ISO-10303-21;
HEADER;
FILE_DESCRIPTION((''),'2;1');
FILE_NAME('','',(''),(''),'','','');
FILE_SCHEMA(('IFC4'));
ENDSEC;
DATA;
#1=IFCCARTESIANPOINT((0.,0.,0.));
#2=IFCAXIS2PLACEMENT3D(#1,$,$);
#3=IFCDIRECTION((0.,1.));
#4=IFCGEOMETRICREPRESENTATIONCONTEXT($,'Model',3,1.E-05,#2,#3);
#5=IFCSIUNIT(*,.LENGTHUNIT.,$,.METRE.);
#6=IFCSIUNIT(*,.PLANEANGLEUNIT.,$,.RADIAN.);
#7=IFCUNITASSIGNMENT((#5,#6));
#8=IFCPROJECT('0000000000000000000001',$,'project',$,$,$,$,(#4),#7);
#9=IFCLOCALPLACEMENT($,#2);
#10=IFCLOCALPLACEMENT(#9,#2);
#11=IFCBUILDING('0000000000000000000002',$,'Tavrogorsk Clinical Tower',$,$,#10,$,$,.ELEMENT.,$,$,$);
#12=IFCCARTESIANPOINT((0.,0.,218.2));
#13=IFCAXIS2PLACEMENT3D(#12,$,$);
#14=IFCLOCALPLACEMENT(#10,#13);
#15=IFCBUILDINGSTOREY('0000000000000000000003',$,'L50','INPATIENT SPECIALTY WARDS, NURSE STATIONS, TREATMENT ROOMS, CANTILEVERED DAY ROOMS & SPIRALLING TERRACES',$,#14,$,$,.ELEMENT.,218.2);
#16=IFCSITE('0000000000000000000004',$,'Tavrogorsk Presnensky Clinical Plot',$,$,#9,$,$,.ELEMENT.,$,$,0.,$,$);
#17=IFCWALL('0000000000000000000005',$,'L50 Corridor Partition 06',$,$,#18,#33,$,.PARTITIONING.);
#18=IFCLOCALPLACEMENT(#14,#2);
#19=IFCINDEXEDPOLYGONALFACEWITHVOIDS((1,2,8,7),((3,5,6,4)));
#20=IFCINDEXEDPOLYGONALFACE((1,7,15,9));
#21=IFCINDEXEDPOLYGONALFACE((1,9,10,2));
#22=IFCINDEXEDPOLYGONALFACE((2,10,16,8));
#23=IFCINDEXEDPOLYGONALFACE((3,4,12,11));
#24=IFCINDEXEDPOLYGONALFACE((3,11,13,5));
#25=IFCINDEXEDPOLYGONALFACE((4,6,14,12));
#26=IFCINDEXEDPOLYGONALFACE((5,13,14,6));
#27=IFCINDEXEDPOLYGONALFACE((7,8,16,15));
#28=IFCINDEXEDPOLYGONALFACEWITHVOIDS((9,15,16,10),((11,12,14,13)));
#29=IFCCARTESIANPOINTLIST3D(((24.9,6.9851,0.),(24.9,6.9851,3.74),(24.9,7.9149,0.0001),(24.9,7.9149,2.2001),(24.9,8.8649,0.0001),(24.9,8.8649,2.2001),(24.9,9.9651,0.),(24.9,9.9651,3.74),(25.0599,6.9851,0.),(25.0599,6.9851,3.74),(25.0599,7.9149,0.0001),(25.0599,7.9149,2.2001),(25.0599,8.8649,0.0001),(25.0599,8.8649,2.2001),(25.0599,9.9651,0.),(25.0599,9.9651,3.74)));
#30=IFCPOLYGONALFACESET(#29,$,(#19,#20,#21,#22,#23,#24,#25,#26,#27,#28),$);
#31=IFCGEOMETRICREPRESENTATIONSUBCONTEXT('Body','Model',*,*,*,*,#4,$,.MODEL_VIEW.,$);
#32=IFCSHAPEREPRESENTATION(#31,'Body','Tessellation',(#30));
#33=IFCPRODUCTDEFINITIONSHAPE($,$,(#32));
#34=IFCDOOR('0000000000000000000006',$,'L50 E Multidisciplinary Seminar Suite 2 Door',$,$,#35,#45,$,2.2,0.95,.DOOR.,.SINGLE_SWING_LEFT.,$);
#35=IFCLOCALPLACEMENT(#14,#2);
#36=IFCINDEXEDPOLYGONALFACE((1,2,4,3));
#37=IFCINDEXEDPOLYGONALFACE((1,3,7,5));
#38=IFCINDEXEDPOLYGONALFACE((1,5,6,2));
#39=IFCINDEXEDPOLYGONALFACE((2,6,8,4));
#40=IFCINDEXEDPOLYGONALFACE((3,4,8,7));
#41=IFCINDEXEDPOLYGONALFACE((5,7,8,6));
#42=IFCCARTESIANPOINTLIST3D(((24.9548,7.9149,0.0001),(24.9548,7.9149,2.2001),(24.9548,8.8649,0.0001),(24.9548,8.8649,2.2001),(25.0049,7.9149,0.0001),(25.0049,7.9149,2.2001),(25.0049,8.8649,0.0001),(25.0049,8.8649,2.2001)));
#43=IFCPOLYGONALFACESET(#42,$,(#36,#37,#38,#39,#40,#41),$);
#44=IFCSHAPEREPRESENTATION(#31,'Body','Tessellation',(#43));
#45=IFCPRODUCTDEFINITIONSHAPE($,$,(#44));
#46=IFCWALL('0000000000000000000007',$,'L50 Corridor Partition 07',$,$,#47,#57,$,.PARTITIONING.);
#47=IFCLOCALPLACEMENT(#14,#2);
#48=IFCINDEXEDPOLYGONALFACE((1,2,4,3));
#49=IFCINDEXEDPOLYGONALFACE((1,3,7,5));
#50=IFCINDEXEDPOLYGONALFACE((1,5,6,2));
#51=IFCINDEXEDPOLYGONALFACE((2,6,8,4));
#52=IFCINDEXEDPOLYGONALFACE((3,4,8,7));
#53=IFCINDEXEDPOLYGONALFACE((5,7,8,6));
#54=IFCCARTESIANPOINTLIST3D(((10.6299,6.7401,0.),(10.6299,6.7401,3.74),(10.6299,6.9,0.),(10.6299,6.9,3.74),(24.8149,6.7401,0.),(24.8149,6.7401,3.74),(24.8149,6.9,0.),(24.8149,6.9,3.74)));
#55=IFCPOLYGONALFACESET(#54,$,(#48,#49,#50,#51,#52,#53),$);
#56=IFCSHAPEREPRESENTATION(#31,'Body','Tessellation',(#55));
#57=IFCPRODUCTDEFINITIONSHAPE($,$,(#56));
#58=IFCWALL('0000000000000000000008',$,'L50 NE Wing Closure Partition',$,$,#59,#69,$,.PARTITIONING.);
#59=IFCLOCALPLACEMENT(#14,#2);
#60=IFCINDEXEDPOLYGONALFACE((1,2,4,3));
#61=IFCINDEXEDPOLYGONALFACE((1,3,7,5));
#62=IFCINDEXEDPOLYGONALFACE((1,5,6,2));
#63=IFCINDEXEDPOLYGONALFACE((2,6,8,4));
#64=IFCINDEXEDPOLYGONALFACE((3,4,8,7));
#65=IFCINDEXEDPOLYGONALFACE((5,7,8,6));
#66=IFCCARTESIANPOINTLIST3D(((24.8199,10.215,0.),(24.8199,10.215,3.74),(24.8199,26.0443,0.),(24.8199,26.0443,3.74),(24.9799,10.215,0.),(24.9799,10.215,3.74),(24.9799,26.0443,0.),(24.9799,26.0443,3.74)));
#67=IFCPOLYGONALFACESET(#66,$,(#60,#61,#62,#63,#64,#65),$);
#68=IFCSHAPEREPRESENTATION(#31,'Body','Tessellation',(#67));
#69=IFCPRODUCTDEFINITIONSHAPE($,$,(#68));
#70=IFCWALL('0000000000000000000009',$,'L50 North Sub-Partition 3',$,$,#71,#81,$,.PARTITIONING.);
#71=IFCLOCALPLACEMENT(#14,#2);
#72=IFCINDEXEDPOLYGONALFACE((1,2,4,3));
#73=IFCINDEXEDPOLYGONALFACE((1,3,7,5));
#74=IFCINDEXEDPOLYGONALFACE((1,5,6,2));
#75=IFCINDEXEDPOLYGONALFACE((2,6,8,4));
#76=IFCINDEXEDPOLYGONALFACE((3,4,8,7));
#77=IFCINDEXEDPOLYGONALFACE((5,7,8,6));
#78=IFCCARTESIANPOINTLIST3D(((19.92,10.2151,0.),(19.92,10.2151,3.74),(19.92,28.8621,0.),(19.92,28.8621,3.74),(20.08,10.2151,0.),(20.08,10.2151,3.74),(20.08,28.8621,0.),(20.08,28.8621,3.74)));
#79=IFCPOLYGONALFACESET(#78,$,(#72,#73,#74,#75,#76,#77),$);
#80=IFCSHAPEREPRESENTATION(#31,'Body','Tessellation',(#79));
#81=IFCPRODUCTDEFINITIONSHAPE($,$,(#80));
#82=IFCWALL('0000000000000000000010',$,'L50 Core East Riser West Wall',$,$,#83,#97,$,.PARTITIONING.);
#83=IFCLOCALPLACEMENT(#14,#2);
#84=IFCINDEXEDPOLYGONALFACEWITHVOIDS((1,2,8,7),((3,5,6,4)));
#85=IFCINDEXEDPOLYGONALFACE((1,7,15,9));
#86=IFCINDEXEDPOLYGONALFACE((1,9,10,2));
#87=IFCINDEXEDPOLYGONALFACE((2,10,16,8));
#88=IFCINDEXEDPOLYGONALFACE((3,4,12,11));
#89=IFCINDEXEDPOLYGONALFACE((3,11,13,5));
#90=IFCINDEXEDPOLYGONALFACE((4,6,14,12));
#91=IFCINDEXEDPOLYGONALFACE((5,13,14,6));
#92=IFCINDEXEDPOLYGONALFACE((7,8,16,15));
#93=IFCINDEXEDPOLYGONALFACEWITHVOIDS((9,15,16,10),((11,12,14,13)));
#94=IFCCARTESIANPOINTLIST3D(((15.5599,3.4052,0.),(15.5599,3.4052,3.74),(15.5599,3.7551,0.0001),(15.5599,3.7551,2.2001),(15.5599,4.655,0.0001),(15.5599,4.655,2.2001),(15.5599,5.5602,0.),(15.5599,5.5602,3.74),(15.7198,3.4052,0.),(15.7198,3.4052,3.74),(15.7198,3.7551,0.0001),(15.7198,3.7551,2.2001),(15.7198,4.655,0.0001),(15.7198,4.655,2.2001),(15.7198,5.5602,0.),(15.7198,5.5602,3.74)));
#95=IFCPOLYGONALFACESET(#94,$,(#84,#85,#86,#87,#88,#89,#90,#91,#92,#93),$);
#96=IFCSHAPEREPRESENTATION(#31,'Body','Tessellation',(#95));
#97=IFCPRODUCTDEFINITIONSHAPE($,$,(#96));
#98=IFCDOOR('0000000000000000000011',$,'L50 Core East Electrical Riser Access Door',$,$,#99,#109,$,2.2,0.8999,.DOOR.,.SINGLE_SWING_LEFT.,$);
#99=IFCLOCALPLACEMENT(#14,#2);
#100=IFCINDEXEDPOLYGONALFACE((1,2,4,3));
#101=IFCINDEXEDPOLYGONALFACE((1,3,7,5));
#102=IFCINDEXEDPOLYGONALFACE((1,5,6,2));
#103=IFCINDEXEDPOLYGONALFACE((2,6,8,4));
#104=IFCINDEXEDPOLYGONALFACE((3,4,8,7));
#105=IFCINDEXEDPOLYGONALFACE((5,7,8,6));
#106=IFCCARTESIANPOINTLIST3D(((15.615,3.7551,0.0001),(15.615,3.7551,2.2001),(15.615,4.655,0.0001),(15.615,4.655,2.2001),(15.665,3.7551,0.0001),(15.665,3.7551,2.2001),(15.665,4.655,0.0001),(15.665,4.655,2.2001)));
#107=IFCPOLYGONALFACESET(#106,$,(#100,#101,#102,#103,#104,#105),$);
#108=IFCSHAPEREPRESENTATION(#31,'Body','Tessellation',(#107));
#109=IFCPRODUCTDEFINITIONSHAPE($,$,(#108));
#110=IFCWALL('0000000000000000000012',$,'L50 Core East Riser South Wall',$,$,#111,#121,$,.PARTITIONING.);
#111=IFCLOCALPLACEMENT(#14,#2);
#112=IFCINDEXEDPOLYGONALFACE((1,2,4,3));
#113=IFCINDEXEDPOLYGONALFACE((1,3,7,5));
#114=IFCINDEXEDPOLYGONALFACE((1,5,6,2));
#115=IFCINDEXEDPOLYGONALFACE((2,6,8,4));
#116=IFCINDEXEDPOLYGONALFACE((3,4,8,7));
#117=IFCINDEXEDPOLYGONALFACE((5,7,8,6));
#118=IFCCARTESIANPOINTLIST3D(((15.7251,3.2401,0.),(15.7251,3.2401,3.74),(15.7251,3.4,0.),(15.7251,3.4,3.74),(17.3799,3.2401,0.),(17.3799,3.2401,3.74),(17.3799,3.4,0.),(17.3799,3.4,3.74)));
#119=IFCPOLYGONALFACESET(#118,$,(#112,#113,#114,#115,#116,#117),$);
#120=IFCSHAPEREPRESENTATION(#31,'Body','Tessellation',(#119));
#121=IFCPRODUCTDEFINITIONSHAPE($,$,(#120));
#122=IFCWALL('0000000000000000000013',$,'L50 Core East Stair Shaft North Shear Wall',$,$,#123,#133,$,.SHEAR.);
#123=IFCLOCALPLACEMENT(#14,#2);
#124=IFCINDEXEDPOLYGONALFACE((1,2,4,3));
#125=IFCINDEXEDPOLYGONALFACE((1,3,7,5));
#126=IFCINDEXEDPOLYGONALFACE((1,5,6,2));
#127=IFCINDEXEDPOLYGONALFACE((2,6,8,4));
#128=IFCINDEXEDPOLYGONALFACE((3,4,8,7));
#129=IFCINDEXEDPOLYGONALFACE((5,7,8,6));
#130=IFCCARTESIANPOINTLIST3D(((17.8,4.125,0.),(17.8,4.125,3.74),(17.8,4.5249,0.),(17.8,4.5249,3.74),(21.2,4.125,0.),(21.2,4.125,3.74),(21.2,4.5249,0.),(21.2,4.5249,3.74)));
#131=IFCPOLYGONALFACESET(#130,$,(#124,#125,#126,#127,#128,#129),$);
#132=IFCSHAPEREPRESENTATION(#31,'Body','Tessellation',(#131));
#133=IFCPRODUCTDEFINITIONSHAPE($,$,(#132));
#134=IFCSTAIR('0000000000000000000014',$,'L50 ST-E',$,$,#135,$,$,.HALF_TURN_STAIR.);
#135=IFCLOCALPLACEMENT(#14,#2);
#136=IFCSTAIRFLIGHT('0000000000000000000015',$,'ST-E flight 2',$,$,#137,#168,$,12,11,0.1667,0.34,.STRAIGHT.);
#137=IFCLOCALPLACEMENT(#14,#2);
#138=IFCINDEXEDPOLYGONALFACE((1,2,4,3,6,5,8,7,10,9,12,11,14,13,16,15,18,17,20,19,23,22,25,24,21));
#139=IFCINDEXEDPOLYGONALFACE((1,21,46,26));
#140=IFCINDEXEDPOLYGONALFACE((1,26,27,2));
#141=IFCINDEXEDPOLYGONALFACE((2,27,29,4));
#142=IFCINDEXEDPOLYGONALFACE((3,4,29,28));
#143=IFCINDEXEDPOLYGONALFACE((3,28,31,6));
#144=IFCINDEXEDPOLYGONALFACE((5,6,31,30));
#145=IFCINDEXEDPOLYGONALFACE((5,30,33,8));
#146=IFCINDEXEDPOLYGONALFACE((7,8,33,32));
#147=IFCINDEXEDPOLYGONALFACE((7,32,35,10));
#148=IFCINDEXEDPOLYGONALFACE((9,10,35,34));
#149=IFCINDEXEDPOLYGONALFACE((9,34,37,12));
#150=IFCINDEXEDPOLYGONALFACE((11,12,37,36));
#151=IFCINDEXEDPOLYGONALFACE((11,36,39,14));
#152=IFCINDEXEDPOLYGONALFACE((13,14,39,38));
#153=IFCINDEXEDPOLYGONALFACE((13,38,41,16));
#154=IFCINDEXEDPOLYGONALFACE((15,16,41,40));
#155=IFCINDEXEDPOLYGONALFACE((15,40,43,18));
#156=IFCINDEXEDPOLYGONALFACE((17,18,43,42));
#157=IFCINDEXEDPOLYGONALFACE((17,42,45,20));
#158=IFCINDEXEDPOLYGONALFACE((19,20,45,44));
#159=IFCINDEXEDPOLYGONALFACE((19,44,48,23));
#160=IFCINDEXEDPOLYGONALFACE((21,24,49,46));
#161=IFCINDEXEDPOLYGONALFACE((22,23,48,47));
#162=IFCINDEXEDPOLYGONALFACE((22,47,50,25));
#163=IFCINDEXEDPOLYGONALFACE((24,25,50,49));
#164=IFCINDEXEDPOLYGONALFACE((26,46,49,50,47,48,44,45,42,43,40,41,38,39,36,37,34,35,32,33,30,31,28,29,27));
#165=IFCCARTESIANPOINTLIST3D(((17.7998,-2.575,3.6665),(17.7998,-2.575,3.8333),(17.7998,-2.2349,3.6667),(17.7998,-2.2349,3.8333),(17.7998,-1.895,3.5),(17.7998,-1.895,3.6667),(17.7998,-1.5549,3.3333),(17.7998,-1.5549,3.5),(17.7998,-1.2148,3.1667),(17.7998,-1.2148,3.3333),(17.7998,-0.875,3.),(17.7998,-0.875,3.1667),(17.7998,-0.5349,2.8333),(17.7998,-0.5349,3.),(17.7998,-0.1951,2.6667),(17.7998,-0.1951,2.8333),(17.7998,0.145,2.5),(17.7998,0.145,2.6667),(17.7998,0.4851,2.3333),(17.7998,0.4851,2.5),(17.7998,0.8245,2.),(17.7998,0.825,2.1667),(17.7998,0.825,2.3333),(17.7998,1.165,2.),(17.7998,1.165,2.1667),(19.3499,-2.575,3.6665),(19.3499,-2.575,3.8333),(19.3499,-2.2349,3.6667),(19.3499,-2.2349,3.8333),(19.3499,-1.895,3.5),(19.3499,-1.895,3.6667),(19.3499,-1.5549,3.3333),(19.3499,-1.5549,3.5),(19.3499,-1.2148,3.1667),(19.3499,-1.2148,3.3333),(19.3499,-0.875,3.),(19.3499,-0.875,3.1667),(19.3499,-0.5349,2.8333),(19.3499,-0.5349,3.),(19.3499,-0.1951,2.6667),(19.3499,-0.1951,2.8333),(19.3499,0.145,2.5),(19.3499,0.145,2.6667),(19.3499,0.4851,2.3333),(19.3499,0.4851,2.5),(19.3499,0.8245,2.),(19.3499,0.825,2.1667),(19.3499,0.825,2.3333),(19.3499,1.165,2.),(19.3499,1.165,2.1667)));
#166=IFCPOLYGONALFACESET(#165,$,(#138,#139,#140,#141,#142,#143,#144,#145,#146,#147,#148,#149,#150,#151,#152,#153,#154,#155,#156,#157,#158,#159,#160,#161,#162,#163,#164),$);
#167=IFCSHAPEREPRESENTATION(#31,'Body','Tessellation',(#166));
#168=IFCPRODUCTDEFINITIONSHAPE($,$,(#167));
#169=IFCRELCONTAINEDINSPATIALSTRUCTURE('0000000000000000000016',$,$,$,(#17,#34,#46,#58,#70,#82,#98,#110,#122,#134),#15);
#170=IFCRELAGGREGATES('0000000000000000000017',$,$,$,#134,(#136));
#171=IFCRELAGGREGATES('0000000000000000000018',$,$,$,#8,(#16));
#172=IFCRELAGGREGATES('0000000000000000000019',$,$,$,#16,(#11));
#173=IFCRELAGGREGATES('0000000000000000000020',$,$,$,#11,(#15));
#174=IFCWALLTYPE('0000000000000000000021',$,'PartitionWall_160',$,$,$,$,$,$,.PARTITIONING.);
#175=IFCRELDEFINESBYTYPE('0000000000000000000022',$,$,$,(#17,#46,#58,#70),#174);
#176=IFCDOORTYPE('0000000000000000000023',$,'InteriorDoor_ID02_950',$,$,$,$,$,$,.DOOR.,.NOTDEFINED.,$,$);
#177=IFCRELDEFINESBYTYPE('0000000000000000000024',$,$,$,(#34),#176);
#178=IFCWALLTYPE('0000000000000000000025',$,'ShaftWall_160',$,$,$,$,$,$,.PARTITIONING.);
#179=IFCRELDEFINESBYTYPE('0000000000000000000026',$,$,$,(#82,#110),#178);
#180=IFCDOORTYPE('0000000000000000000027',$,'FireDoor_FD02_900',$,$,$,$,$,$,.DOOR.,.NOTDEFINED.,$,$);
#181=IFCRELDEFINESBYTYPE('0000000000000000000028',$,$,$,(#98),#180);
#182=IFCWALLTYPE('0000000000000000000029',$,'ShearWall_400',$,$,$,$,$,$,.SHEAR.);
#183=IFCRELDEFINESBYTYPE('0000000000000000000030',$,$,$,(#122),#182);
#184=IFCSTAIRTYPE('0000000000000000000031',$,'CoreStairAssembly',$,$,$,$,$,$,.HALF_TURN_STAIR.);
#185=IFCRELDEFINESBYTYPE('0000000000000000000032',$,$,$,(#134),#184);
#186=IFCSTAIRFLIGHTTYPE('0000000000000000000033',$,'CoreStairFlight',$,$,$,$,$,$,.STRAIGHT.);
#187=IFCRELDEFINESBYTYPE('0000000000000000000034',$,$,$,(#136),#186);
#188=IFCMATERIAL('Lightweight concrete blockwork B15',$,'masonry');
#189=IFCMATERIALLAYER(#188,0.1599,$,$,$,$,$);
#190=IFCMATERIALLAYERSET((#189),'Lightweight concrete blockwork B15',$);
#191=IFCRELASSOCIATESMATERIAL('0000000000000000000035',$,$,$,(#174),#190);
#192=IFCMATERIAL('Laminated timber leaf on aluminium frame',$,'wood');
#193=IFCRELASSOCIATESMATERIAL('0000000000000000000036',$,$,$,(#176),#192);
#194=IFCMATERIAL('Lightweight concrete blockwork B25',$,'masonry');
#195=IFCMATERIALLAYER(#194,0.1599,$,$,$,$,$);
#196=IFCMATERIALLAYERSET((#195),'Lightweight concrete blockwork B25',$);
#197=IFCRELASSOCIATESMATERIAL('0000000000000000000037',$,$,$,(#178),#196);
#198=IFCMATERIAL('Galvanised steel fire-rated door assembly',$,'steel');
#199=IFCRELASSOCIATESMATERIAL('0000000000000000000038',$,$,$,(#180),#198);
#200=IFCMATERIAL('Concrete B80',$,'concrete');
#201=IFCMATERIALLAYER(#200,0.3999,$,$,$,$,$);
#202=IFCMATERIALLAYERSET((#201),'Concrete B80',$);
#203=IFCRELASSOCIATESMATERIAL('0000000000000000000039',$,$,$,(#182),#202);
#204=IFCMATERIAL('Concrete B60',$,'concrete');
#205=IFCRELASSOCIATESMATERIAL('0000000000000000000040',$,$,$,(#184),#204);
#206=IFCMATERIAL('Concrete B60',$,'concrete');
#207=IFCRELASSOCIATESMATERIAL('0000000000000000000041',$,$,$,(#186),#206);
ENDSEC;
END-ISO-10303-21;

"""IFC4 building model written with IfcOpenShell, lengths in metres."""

from ifc_helpers import new_model, si_unit, direction, frame, frame_2d, origin, place, context, subcontext, project, spatial, polyline, rectangle, outline, extrude, material, layer, layer_set, type_object, element, fill, aggregate, save


model = new_model("IFC4")

# Units and contexts
model_context = context("Model", 3, precision=1e-05, world=origin(), true_north=direction((0.0, 1.0)))
body_context = subcontext(model_context, "Body", "Model", "MODEL_VIEW")
ifc_project = project(units=[si_unit("LENGTHUNIT", "METRE"), si_unit("PLANEANGLEUNIT", "RADIAN")], contexts=[model_context])

# Site, building, storey
site_placement = place(None, origin())
site = spatial("IfcSite", under=ifc_project, at=site_placement, Name="Tavrogorsk Presnensky Clinical Plot", CompositionType="ELEMENT", RefElevation=0.0)
building_placement = place(site_placement, origin())
building = spatial("IfcBuilding", under=site, at=building_placement, Name="Tavrogorsk Clinical Tower", CompositionType="ELEMENT")
storey_placement = place(building_placement, frame((0.0, 0.0, 218.2)))
storey = spatial("IfcBuildingStorey", under=building, at=storey_placement, Name="L50", Description="INPATIENT SPECIALTY WARDS, NURSE STATIONS, TREATMENT ROOMS, CANTILEVERED DAY ROOMS & SPIRALLING TERRACES", CompositionType="ELEMENT", Elevation=218.2)

# Wall, opening, door
ifc_material_1 = material(Name="Lightweight concrete blockwork B15", Category="masonry")
ifc_layer_1 = layer(ifc_material_1, 0.1599)
ifc_layer_set_1 = layer_set([ifc_layer_1], Name="Lightweight concrete blockwork B15")
wall_type_1 = type_object("IfcWallType", Name="PartitionWall_160", PredefinedType="PARTITIONING", material=ifc_layer_set_1)
wall_1_placement = place(storey_placement, frame((24.98, 9.9651, 0.0), z_axis=(0.0, 0.0, 1.0), x_axis=(0.0, -1.0, 0.0)))
wall_1 = element("IfcWall", 1, at=wall_1_placement, inside=storey, type_object=wall_type_1, Name="L50 Corridor Partition 06", PredefinedType="PARTITIONING", context=body_context, shape_type="SweptSolid", body=[
    extrude(rectangle(XDim=2.98, YDim=0.1599, at=frame_2d((1.49, 0.0))), origin(), (0.0, 0.0, 1.0), 3.74),
])
opening_1_placement = place(wall_1_placement, frame((1.1001, 0.0, 0.0)))
opening_1 = element("IfcOpeningElement", 2, at=opening_1_placement, cuts=wall_1, PredefinedType="OPENING", context=body_context, shape_type="SweptSolid", body=[
    extrude(rectangle(XDim=0.95, YDim=2.2, at=frame_2d((0.4751, 1.1001))), frame((0.0, 0.0898, 0.0), z_axis=(0.0, -1.0, 0.0), x_axis=(1.0, 0.0, 0.0)), (0.0, 0.0, 1.0), 0.1799),
])
ifc_material_2 = material(Name="Laminated timber leaf on aluminium frame", Category="wood")
door_type_1 = type_object("IfcDoorType", Name="InteriorDoor_ID02_950", OperationType="NOTDEFINED", PredefinedType="DOOR", material=ifc_material_2)
door_1_placement = place(opening_1_placement, origin())
door_1 = element("IfcDoor", 3, at=door_1_placement, inside=storey, type_object=door_type_1, Name="L50 E Multidisciplinary Seminar Suite 2 Door", OperationType="SINGLE_SWING_LEFT", OverallHeight=2.2, OverallWidth=0.95, PredefinedType="DOOR", context=body_context, shape_type="SweptSolid", body=[
    extrude(rectangle(XDim=0.95, YDim=2.2, at=frame_2d((0.4751, 1.1001))), frame((0.0, 0.0249, 0.0), z_axis=(0.0, -1.0, 0.0), x_axis=(1.0, 0.0, 0.0)), (0.0, 0.0, 1.0), 0.05),
])
fill(opening_1, door_1)

# Walls
wall_2_placement = place(storey_placement, frame((24.8149, 6.8201, 0.0), z_axis=(0.0, 0.0, 1.0), x_axis=(-1.0, 0.0, 0.0)))
element("IfcWall", 4, at=wall_2_placement, inside=storey, type_object=wall_type_1, Name="L50 Corridor Partition 07", PredefinedType="PARTITIONING", context=body_context, shape_type="SweptSolid", body=[
    extrude(rectangle(XDim=14.1851, YDim=0.1599, at=frame_2d((7.0925, 0.0))), origin(), (0.0, 0.0, 1.0), 3.74),
])
wall_3_placement = place(storey_placement, frame((24.8999, 10.2151, 0.0), z_axis=(0.0, 0.0, 1.0), x_axis=(0.0, 1.0, 0.0)))
element("IfcWall", 5, at=wall_3_placement, inside=storey, type_object=wall_type_1, Name="L50 NE Wing Closure Partition", PredefinedType="PARTITIONING", context=body_context, shape_type="SweptSolid", body=[
    extrude(rectangle(XDim=15.8293, YDim=0.1599, at=frame_2d((7.9146, 0.0))), origin(), (0.0, 0.0, 1.0), 3.74),
])
wall_4_placement = place(storey_placement, frame((20.0, 10.2151, 0.0), z_axis=(0.0, 0.0, 1.0), x_axis=(0.0, 1.0, 0.0)))
element("IfcWall", 6, at=wall_4_placement, inside=storey, type_object=wall_type_1, Name="L50 North Sub-Partition 3", PredefinedType="PARTITIONING", context=body_context, shape_type="SweptSolid", body=[
    extrude(rectangle(XDim=18.647, YDim=0.1599, at=frame_2d((9.3235, 0.0))), origin(), (0.0, 0.0, 1.0), 3.74),
])

# Wall, opening, door
ifc_material_3 = material(Name="Lightweight concrete blockwork B25", Category="masonry")
ifc_layer_2 = layer(ifc_material_3, 0.1599)
ifc_layer_set_2 = layer_set([ifc_layer_2], Name="Lightweight concrete blockwork B25")
wall_type_2 = type_object("IfcWallType", Name="ShaftWall_160", PredefinedType="PARTITIONING", material=ifc_layer_set_2)
wall_5_placement = place(storey_placement, frame((15.6399, 3.405, 0.0), z_axis=(0.0, 0.0, 1.0), x_axis=(0.0, 1.0, 0.0)))
wall_5 = element("IfcWall", 7, at=wall_5_placement, inside=storey, type_object=wall_type_2, Name="L50 Core East Riser West Wall", PredefinedType="PARTITIONING", context=body_context, shape_type="SweptSolid", body=[
    extrude(rectangle(XDim=2.155, YDim=0.1599, at=frame_2d((1.0776, 0.0))), origin(), (0.0, 0.0, 1.0), 3.74),
])
opening_2_placement = place(wall_5_placement, frame((0.3501, 0.0, 0.0)))
opening_2 = element("IfcOpeningElement", 8, at=opening_2_placement, cuts=wall_5, PredefinedType="OPENING", context=body_context, shape_type="SweptSolid", body=[
    extrude(rectangle(XDim=0.8999, YDim=2.2, at=frame_2d((0.45, 1.1001))), frame((0.0, 0.0898, 0.0), z_axis=(0.0, -1.0, 0.0), x_axis=(1.0, 0.0, 0.0)), (0.0, 0.0, 1.0), 0.1799),
])
ifc_material_4 = material(Name="Galvanised steel fire-rated door assembly", Category="steel")
door_type_2 = type_object("IfcDoorType", Name="FireDoor_FD02_900", OperationType="NOTDEFINED", PredefinedType="DOOR", material=ifc_material_4)
door_2_placement = place(opening_2_placement, origin())
door_2 = element("IfcDoor", 9, at=door_2_placement, inside=storey, type_object=door_type_2, Name="L50 Core East Electrical Riser Access Door", OperationType="SINGLE_SWING_LEFT", OverallHeight=2.2, OverallWidth=0.8999, PredefinedType="DOOR", context=body_context, shape_type="SweptSolid", body=[
    extrude(rectangle(XDim=0.8999, YDim=2.2, at=frame_2d((0.45, 1.1001))), frame((0.0, 0.0249, 0.0), z_axis=(0.0, -1.0, 0.0), x_axis=(1.0, 0.0, 0.0)), (0.0, 0.0, 1.0), 0.05),
])
fill(opening_2, door_2)

# Walls
wall_6_placement = place(storey_placement, frame((15.7251, 3.3201, 0.0), z_axis=(0.0, 0.0, 1.0), x_axis=(1.0, 0.0, 0.0)))
element("IfcWall", 10, at=wall_6_placement, inside=storey, type_object=wall_type_2, Name="L50 Core East Riser South Wall", PredefinedType="PARTITIONING", context=body_context, shape_type="SweptSolid", body=[
    extrude(rectangle(XDim=1.6548, YDim=0.1599, at=frame_2d((0.8274, 0.0))), origin(), (0.0, 0.0, 1.0), 3.74),
])
ifc_material_5 = material(Name="Concrete B80", Category="concrete")
ifc_layer_3 = layer(ifc_material_5, 0.3999)
ifc_layer_set_3 = layer_set([ifc_layer_3], Name="Concrete B80")
wall_type_3 = type_object("IfcWallType", Name="ShearWall_400", PredefinedType="SHEAR", material=ifc_layer_set_3)
wall_7_placement = place(storey_placement, frame((17.8, 4.325, 0.0), z_axis=(0.0, 0.0, 1.0), x_axis=(1.0, 0.0, 0.0)))
element("IfcWall", 11, at=wall_7_placement, inside=storey, type_object=wall_type_3, Name="L50 Core East Stair Shaft North Shear Wall", PredefinedType="SHEAR", context=body_context, shape_type="SweptSolid", body=[
    extrude(rectangle(XDim=3.3999, YDim=0.3999, at=frame_2d((1.7, 0.0))), origin(), (0.0, 0.0, 1.0), 3.74),
])

# Stair, stair flight
ifc_material_6 = material(Name="Concrete B60", Category="concrete")
stair_type = type_object("IfcStairType", Name="CoreStairAssembly", PredefinedType="HALF_TURN_STAIR", material=ifc_material_6)
stair_placement = place(storey_placement, origin())
stair = element("IfcStair", 12, at=stair_placement, inside=storey, type_object=stair_type, Name="L50 ST-E", PredefinedType="HALF_TURN_STAIR")
ifc_material_7 = material(Name="Concrete B60", Category="concrete")
stair_flight_type = type_object("IfcStairFlightType", Name="CoreStairFlight", PredefinedType="STRAIGHT", material=ifc_material_7)
stair_flight_placement = place(storey_placement, frame((18.575, 1.165, 2.0), z_axis=(0.0, 0.0, 1.0), x_axis=(0.0, -1.0, 0.0)))
stair_flight = element("IfcStairFlight", 13, at=stair_flight_placement, type_object=stair_flight_type, Name="ST-E flight 2", NumberOfRisers=12, NumberOfTreads=11, PredefinedType="STRAIGHT", RiserHeight=0.1667, TreadLength=0.34, context=body_context, shape_type="SweptSolid", body=[
    extrude(outline(polyline([(0.0, 0.0), (0.0, 0.1667), (0.3401, 0.1667), (0.3401, 0.3333), (0.6799, 0.3333), (0.6799, 0.5), (1.02, 0.5), (1.02, 0.6667), (1.3601, 0.6667), (1.3601, 0.8333), (1.7, 0.8333), (1.7, 1.0), (2.04, 1.0), (2.04, 1.1667), (2.3799, 1.1667), (2.3799, 1.3333), (2.72, 1.3333), (2.72, 1.5), (3.0601, 1.5), (3.0601, 1.6667), (3.3999, 1.6667), (3.3999, 1.8333), (3.74, 1.8333), (3.74, 2.0), (3.74, 1.6665), (0.3406, 0.0), (0.0, 0.0)])), frame((0.0, 0.7749, 0.0), z_axis=(0.0, -1.0, 0.0), x_axis=(1.0, 0.0, 0.0)), (0.0, 0.0, 1.0), 1.55),
])
aggregate(stair, [stair_flight])

save(model, "model.ifc")
